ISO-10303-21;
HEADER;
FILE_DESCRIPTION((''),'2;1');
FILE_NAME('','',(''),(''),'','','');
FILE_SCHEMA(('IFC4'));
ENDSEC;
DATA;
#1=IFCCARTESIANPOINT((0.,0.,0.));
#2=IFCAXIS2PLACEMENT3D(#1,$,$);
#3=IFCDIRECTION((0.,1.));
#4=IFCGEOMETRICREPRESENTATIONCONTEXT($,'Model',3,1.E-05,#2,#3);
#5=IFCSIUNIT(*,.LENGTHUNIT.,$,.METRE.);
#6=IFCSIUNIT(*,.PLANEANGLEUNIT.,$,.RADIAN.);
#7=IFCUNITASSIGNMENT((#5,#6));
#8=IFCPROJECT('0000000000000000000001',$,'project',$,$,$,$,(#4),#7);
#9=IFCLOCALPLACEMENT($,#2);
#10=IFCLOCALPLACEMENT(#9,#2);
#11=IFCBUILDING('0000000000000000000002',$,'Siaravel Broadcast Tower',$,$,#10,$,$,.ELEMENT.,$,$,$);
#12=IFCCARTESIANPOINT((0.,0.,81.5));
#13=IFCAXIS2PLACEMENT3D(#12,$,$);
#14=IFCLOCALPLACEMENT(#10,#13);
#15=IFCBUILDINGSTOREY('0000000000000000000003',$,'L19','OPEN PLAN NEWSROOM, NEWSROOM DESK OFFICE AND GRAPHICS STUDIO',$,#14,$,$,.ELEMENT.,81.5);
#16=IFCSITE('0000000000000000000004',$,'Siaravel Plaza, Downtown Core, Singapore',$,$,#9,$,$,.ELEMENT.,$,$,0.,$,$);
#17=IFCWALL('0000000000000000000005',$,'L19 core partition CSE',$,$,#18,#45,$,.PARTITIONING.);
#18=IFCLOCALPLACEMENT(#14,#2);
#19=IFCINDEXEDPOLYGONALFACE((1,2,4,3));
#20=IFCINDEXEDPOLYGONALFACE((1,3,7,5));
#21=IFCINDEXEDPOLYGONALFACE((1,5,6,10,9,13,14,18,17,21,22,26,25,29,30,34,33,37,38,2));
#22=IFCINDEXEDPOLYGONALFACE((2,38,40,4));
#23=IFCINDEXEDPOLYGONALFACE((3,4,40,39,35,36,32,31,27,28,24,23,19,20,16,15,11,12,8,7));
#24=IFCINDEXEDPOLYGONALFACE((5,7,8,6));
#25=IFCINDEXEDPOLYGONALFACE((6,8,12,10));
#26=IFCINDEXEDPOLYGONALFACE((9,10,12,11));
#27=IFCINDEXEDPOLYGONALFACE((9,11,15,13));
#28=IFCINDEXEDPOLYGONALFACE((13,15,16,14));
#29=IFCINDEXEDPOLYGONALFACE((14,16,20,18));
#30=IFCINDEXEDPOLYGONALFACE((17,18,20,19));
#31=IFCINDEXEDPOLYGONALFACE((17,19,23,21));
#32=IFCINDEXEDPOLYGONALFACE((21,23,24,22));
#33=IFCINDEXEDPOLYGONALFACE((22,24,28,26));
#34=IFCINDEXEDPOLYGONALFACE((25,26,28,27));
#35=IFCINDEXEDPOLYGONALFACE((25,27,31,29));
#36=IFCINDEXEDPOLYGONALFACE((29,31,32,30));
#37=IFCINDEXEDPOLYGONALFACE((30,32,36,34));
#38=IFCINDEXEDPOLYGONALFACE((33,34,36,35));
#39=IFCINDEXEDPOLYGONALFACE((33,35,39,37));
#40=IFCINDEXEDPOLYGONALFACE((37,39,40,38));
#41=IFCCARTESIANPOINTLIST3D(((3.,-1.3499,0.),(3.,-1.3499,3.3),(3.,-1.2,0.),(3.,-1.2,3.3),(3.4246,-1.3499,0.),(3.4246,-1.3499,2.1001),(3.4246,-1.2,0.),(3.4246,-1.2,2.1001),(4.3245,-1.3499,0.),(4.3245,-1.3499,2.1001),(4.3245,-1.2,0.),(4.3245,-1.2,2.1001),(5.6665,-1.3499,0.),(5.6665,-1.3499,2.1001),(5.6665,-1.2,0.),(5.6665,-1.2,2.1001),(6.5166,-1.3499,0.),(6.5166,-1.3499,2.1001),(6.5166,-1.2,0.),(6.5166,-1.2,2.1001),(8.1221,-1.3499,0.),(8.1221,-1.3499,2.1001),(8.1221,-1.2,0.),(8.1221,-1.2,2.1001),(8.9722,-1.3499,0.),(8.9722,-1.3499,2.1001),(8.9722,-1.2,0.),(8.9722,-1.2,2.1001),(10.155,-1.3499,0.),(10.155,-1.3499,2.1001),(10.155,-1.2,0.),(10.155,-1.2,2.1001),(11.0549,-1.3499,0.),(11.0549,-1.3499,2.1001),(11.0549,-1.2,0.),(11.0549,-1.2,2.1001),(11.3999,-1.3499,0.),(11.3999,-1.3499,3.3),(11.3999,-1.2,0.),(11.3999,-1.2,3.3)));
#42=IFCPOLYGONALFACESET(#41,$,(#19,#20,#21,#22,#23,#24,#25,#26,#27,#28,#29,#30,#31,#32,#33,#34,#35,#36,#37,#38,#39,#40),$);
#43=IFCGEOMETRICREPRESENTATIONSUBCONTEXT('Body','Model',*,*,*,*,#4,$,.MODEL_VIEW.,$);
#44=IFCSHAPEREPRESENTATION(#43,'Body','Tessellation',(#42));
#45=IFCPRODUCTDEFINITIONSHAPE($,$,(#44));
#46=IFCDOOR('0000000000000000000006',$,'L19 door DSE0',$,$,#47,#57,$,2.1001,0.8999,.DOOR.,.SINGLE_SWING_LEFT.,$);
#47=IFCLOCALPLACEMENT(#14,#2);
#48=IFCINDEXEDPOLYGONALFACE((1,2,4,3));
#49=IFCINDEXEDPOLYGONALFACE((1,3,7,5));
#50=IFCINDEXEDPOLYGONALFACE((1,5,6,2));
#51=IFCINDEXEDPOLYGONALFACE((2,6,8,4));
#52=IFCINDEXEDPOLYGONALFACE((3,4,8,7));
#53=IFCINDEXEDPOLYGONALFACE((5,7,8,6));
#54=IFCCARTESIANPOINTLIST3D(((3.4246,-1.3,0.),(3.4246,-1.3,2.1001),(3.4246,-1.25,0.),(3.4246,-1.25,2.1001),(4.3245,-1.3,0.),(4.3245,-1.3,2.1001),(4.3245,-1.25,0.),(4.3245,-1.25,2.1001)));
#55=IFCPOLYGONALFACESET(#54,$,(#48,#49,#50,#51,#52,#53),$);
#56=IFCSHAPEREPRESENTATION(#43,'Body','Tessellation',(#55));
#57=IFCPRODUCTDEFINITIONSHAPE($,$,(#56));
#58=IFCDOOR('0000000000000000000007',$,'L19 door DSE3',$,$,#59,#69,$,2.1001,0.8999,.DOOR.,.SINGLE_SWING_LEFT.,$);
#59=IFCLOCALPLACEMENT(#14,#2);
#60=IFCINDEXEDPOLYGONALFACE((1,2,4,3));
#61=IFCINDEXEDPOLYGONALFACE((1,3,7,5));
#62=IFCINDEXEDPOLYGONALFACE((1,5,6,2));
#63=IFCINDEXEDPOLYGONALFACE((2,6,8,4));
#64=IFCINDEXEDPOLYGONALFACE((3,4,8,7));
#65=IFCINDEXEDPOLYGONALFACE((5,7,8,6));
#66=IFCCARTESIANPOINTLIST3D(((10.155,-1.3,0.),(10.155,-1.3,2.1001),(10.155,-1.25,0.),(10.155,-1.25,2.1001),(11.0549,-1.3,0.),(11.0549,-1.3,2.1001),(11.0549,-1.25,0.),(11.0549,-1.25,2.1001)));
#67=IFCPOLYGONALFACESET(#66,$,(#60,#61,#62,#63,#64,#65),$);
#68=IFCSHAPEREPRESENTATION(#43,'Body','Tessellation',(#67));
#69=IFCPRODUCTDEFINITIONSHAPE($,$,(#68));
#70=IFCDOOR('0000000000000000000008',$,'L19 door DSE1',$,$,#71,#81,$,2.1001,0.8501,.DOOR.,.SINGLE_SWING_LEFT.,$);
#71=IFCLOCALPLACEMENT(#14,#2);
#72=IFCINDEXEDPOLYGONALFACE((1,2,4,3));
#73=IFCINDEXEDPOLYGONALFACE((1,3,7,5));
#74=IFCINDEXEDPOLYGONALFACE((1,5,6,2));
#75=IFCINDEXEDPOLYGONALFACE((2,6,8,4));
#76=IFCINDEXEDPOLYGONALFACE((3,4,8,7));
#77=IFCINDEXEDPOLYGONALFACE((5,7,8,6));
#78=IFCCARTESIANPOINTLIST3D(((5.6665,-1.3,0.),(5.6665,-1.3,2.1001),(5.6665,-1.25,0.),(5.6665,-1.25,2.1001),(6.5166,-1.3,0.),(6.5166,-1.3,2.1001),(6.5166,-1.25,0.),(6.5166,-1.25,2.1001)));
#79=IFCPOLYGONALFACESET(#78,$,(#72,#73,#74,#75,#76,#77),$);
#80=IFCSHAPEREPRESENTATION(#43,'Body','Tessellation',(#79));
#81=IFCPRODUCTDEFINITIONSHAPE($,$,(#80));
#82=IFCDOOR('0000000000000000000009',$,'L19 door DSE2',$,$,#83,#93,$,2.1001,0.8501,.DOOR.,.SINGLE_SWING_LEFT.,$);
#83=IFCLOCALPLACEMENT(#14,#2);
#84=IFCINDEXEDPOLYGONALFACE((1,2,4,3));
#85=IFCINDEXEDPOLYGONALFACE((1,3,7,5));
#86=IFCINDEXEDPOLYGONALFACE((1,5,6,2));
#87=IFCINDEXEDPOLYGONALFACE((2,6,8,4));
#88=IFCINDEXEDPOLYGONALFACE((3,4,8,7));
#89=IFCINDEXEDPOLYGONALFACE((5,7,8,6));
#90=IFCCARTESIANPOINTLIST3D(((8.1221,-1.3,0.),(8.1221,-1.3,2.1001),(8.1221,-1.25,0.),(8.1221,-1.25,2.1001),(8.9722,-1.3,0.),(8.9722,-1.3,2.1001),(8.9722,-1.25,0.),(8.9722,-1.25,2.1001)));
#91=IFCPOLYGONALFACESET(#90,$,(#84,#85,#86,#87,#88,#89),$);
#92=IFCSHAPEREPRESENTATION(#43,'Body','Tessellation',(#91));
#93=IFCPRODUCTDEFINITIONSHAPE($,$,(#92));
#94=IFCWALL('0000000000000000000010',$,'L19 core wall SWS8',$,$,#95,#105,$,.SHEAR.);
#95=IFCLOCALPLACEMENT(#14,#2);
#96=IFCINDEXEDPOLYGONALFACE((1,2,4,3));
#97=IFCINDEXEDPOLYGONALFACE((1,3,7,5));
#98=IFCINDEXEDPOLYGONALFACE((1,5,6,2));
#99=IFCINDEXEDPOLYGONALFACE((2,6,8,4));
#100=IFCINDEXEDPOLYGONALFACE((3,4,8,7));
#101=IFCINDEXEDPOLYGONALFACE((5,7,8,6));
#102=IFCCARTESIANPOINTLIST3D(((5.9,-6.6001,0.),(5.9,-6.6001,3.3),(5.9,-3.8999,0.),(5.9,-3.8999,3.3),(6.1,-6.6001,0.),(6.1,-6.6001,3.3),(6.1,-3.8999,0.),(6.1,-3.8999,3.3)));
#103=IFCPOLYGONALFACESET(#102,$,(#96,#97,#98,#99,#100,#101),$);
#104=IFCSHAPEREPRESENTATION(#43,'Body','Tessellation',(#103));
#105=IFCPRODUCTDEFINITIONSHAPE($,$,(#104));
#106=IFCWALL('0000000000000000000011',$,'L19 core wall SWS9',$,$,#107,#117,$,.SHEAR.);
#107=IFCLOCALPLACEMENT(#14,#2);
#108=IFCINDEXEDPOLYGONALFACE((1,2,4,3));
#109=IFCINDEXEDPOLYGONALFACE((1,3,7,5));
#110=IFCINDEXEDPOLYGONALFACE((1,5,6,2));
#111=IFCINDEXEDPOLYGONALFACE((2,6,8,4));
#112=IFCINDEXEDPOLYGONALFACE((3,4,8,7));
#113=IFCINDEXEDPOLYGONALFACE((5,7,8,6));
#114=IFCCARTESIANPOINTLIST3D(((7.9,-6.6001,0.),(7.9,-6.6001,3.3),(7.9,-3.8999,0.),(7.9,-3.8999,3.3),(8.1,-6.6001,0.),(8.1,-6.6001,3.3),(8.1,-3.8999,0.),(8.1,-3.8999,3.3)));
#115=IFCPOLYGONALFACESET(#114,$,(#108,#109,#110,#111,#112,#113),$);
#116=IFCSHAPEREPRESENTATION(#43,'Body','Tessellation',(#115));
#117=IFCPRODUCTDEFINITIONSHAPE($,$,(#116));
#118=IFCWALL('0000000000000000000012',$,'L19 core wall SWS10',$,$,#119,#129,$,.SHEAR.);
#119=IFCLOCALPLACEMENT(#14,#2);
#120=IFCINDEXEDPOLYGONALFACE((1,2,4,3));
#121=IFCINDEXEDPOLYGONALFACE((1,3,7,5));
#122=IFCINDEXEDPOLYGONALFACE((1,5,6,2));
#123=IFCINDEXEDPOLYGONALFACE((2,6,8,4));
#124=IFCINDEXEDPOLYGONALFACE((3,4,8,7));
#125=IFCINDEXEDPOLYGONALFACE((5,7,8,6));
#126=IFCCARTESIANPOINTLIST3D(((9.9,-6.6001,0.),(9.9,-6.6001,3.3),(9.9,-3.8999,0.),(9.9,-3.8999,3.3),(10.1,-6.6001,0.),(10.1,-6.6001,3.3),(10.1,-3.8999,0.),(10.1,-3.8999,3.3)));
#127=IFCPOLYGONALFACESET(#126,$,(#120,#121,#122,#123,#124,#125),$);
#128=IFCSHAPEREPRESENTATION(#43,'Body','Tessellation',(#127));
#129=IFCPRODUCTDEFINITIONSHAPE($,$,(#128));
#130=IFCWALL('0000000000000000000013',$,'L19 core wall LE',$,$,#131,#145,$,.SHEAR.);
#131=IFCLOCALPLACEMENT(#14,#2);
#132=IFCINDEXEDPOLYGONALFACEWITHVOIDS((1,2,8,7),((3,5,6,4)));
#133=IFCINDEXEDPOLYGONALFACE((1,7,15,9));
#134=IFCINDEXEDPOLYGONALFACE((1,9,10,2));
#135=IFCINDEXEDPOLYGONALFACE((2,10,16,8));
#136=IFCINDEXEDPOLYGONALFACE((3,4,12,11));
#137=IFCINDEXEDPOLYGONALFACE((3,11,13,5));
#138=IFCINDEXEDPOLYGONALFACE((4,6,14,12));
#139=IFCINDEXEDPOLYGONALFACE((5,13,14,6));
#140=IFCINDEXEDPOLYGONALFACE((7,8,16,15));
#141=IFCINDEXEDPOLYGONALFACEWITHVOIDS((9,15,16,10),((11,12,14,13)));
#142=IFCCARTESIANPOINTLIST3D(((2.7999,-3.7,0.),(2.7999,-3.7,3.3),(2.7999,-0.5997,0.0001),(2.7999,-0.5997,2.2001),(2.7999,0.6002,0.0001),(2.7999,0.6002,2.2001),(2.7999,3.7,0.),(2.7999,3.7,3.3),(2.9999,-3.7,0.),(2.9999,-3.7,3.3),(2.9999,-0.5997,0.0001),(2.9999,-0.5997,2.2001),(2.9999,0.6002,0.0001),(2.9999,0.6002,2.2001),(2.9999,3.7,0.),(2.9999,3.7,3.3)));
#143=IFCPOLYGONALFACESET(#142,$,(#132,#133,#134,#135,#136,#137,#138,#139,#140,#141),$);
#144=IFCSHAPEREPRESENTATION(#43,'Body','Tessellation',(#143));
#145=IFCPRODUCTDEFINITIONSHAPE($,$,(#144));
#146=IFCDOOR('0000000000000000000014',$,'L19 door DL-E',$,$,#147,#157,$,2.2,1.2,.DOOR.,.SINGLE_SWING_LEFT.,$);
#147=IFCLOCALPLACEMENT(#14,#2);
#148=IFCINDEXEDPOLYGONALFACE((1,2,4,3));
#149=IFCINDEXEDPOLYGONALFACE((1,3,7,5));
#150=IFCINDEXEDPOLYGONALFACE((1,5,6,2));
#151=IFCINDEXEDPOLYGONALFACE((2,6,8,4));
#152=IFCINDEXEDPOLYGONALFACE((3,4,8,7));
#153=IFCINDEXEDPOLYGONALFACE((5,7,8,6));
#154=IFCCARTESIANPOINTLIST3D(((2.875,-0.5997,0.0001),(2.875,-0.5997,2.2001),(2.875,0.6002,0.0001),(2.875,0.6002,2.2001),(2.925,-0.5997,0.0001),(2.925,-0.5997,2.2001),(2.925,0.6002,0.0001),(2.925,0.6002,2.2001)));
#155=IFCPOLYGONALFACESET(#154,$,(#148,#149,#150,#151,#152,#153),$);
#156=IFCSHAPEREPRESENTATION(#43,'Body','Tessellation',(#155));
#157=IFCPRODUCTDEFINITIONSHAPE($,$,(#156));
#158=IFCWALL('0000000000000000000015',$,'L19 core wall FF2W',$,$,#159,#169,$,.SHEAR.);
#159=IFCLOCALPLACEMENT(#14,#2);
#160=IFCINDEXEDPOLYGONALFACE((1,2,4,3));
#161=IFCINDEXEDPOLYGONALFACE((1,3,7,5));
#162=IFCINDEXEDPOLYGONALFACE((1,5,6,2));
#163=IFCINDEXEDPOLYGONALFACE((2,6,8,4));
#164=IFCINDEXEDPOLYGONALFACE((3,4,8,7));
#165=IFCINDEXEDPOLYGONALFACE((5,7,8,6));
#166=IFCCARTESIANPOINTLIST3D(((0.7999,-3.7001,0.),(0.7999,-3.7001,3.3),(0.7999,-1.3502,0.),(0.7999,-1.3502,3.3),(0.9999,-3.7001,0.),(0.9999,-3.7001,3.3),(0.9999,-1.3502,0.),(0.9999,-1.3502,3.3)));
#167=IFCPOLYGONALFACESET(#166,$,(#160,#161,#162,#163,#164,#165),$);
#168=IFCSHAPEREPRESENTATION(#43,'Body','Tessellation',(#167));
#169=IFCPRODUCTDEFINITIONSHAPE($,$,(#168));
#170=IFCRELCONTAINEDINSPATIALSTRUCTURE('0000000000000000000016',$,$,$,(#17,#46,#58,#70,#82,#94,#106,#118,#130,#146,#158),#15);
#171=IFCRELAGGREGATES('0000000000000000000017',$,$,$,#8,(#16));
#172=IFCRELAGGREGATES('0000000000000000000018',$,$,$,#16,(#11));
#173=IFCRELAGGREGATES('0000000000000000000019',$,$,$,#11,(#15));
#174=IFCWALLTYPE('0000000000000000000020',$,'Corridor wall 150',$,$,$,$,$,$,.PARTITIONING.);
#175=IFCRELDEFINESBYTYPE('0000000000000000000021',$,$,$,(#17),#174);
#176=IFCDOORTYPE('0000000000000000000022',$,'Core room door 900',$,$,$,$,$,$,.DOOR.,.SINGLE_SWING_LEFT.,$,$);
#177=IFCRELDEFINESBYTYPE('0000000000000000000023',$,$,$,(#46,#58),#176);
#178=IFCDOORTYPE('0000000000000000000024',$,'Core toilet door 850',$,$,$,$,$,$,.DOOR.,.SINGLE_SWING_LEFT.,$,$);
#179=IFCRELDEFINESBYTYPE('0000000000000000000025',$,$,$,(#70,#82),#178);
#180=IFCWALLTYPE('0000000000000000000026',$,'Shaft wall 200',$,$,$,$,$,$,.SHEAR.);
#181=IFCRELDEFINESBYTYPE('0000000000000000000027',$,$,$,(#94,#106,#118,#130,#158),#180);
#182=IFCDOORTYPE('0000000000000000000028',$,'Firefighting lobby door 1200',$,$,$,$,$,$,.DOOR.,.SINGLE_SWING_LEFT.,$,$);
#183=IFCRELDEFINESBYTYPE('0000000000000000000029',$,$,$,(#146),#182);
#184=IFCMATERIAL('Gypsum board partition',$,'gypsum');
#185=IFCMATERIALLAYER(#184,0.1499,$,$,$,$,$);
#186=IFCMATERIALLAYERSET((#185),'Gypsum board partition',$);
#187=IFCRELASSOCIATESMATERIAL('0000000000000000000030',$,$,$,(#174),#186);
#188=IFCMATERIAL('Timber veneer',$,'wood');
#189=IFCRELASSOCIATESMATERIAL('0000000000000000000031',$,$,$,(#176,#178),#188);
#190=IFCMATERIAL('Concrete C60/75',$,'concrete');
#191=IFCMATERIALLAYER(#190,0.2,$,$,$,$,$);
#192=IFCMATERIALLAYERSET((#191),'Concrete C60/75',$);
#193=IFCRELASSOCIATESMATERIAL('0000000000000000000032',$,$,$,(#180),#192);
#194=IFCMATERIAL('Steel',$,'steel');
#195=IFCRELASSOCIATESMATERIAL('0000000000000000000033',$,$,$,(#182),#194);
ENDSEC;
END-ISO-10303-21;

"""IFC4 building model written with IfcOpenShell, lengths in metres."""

from ifc_helpers import new_model, si_unit, direction, frame, frame_2d, origin, place, context, subcontext, project, spatial, rectangle, extrude, material, layer, layer_set, type_object, element, fill, save


model = new_model("IFC4")

# Units and contexts
model_context = context("Model", 3, precision=1e-05, world=origin(), true_north=direction((0.0, 1.0)))
body_context = subcontext(model_context, "Body", "Model", "MODEL_VIEW")
ifc_project = project(units=[si_unit("LENGTHUNIT", "METRE"), si_unit("PLANEANGLEUNIT", "RADIAN")], contexts=[model_context])

# Site, building, storey
site_placement = place(None, origin())
site = spatial("IfcSite", under=ifc_project, at=site_placement, Name="Siaravel Plaza, Downtown Core, Singapore", CompositionType="ELEMENT", RefElevation=0.0)
building_placement = place(site_placement, origin())
building = spatial("IfcBuilding", under=site, at=building_placement, Name="Siaravel Broadcast Tower", CompositionType="ELEMENT")
storey_placement = place(building_placement, frame((0.0, 0.0, 81.5)))
storey = spatial("IfcBuildingStorey", under=building, at=storey_placement, Name="L19", Description="OPEN PLAN NEWSROOM, NEWSROOM DESK OFFICE AND GRAPHICS STUDIO", CompositionType="ELEMENT", Elevation=81.5)

# Wall, openings, doors
ifc_material_1 = material(Name="Gypsum board partition", Category="gypsum")
ifc_layer_1 = layer(ifc_material_1, 0.1499)
ifc_layer_set_1 = layer_set([ifc_layer_1], Name="Gypsum board partition")
wall_type_1 = type_object("IfcWallType", Name="Corridor wall 150", PredefinedType="PARTITIONING", material=ifc_layer_set_1)
wall_1_placement = place(storey_placement, frame((3.0, -1.2749, 0.0), z_axis=(0.0, 0.0, 1.0), x_axis=(1.0, 0.0, 0.0)))
wall_1 = element("IfcWall", 1, at=wall_1_placement, inside=storey, type_object=wall_type_1, Name="L19 core partition CSE", PredefinedType="PARTITIONING", context=body_context, shape_type="SweptSolid", body=[
    extrude(rectangle(XDim=8.3999, YDim=0.1499, at=frame_2d((4.2, 0.0))), origin(), (0.0, 0.0, 1.0), 3.3),
])
opening_1_placement = place(wall_1_placement, frame((0.4246, 0.0, 0.0)))
opening_1 = element("IfcOpeningElement", 2, at=opening_1_placement, cuts=wall_1, PredefinedType="OPENING", context=body_context, shape_type="SweptSolid", body=[
    extrude(rectangle(XDim=0.8999, YDim=2.1001, at=frame_2d((0.45, 1.05))), frame((0.0, 0.085, 0.0), z_axis=(0.0, -1.0, 0.0), x_axis=(1.0, 0.0, 0.0)), (0.0, 0.0, 1.0), 0.1699),
])
opening_2_placement = place(wall_1_placement, frame((2.6665, 0.0, 0.0)))
opening_2 = element("IfcOpeningElement", 3, at=opening_2_placement, cuts=wall_1, PredefinedType="OPENING", context=body_context, shape_type="SweptSolid", body=[
    extrude(rectangle(XDim=0.8501, YDim=2.1001, at=frame_2d((0.425, 1.05))), frame((0.0, 0.085, 0.0), z_axis=(0.0, -1.0, 0.0), x_axis=(1.0, 0.0, 0.0)), (0.0, 0.0, 1.0), 0.1699),
])
opening_3_placement = place(wall_1_placement, frame((5.1221, 0.0, 0.0)))
opening_3 = element("IfcOpeningElement", 4, at=opening_3_placement, cuts=wall_1, PredefinedType="OPENING", context=body_context, shape_type="SweptSolid", body=[
    extrude(rectangle(XDim=0.8501, YDim=2.1001, at=frame_2d((0.425, 1.05))), frame((0.0, 0.085, 0.0), z_axis=(0.0, -1.0, 0.0), x_axis=(1.0, 0.0, 0.0)), (0.0, 0.0, 1.0), 0.1699),
])
opening_4_placement = place(wall_1_placement, frame((7.155, 0.0, 0.0)))
opening_4 = element("IfcOpeningElement", 5, at=opening_4_placement, cuts=wall_1, PredefinedType="OPENING", context=body_context, shape_type="SweptSolid", body=[
    extrude(rectangle(XDim=0.8999, YDim=2.1001, at=frame_2d((0.45, 1.05))), frame((0.0, 0.085, 0.0), z_axis=(0.0, -1.0, 0.0), x_axis=(1.0, 0.0, 0.0)), (0.0, 0.0, 1.0), 0.1699),
])
ifc_material_2 = material(Name="Timber veneer", Category="wood")
door_type_1 = type_object("IfcDoorType", Name="Core room door 900", OperationType="SINGLE_SWING_LEFT", PredefinedType="DOOR", material=ifc_material_2)
door_1_placement = place(opening_1_placement, origin())
door_1 = element("IfcDoor", 6, at=door_1_placement, inside=storey, type_object=door_type_1, Name="L19 door DSE0", OperationType="SINGLE_SWING_LEFT", OverallHeight=2.1001, OverallWidth=0.8999, PredefinedType="DOOR", context=body_context, shape_type="SweptSolid", body=[
    extrude(rectangle(XDim=0.8999, YDim=2.1001, at=frame_2d((0.45, 1.05))), frame((0.0, 0.0249, 0.0), z_axis=(0.0, -1.0, 0.0), x_axis=(1.0, 0.0, 0.0)), (0.0, 0.0, 1.0), 0.05),
])
fill(opening_1, door_1)
door_2_placement = place(opening_4_placement, origin())
door_2 = element("IfcDoor", 7, at=door_2_placement, inside=storey, type_object=door_type_1, Name="L19 door DSE3", OperationType="SINGLE_SWING_LEFT", OverallHeight=2.1001, OverallWidth=0.8999, PredefinedType="DOOR", context=body_context, shape_type="SweptSolid", body=[
    extrude(rectangle(XDim=0.8999, YDim=2.1001, at=frame_2d((0.45, 1.05))), frame((0.0, 0.0249, 0.0), z_axis=(0.0, -1.0, 0.0), x_axis=(1.0, 0.0, 0.0)), (0.0, 0.0, 1.0), 0.05),
])
fill(opening_4, door_2)
door_type_2 = type_object("IfcDoorType", Name="Core toilet door 850", OperationType="SINGLE_SWING_LEFT", PredefinedType="DOOR", material=ifc_material_2)
door_3_placement = place(opening_2_placement, origin())
door_3 = element("IfcDoor", 8, at=door_3_placement, inside=storey, type_object=door_type_2, Name="L19 door DSE1", OperationType="SINGLE_SWING_LEFT", OverallHeight=2.1001, OverallWidth=0.8501, PredefinedType="DOOR", context=body_context, shape_type="SweptSolid", body=[
    extrude(rectangle(XDim=0.8501, YDim=2.1001, at=frame_2d((0.425, 1.05))), frame((0.0, 0.0249, 0.0), z_axis=(0.0, -1.0, 0.0), x_axis=(1.0, 0.0, 0.0)), (0.0, 0.0, 1.0), 0.05),
])
fill(opening_2, door_3)
door_4_placement = place(opening_3_placement, origin())
door_4 = element("IfcDoor", 9, at=door_4_placement, inside=storey, type_object=door_type_2, Name="L19 door DSE2", OperationType="SINGLE_SWING_LEFT", OverallHeight=2.1001, OverallWidth=0.8501, PredefinedType="DOOR", context=body_context, shape_type="SweptSolid", body=[
    extrude(rectangle(XDim=0.8501, YDim=2.1001, at=frame_2d((0.425, 1.05))), frame((0.0, 0.0249, 0.0), z_axis=(0.0, -1.0, 0.0), x_axis=(1.0, 0.0, 0.0)), (0.0, 0.0, 1.0), 0.05),
])
fill(opening_3, door_4)

# Walls
ifc_material_3 = material(Name="Concrete C60/75", Category="concrete")
ifc_layer_2 = layer(ifc_material_3, 0.2)
ifc_layer_set_2 = layer_set([ifc_layer_2], Name="Concrete C60/75")
wall_type_2 = type_object("IfcWallType", Name="Shaft wall 200", PredefinedType="SHEAR", material=ifc_layer_set_2)
for number, where, z_axis, x_axis, name in (
    (10, (6.0, -6.6001, 0.0), (0.0, 0.0, 1.0), (0.0, 1.0, 0.0), "L19 core wall SWS8"),
    (11, (8.0, -6.6001, 0.0), (0.0, 0.0, 1.0), (0.0, 1.0, 0.0), "L19 core wall SWS9"),
    (12, (10.0, -6.6001, 0.0), (0.0, 0.0, 1.0), (0.0, 1.0, 0.0), "L19 core wall SWS10"),
):
    element("IfcWall", number, at=place(storey_placement, frame(where, z_axis=z_axis, x_axis=x_axis)), inside=storey, type_object=wall_type_2, Name=name, PredefinedType="SHEAR", context=body_context, shape_type="SweptSolid", body=[
        extrude(rectangle(XDim=2.7002, YDim=0.2, at=frame_2d((1.3501, 0.0))), origin(), (0.0, 0.0, 1.0), 3.3),
    ])

# Wall, opening, door
wall_2_placement = place(storey_placement, frame((2.8999, -3.7, 0.0), z_axis=(0.0, 0.0, 1.0), x_axis=(0.0, 1.0, 0.0)))
wall_2 = element("IfcWall", 13, at=wall_2_placement, inside=storey, type_object=wall_type_2, Name="L19 core wall LE", PredefinedType="SHEAR", context=body_context, shape_type="SweptSolid", body=[
    extrude(rectangle(XDim=7.3999, YDim=0.2, at=frame_2d((3.7, 0.0))), origin(), (0.0, 0.0, 1.0), 3.3),
])
opening_5_placement = place(wall_2_placement, frame((3.1001, 0.0, 0.0)))
opening_5 = element("IfcOpeningElement", 14, at=opening_5_placement, cuts=wall_2, PredefinedType="OPENING", context=body_context, shape_type="SweptSolid", body=[
    extrude(rectangle(XDim=1.2, YDim=2.2, at=frame_2d((0.6001, 1.1001))), frame((0.0, 0.1099, 0.0), z_axis=(0.0, -1.0, 0.0), x_axis=(1.0, 0.0, 0.0)), (0.0, 0.0, 1.0), 0.22),
])
ifc_material_4 = material(Name="Steel", Category="steel")
door_type_3 = type_object("IfcDoorType", Name="Firefighting lobby door 1200", OperationType="SINGLE_SWING_LEFT", PredefinedType="DOOR", material=ifc_material_4)
door_5_placement = place(opening_5_placement, origin())
door_5 = element("IfcDoor", 15, at=door_5_placement, inside=storey, type_object=door_type_3, Name="L19 door DL-E", OperationType="SINGLE_SWING_LEFT", OverallHeight=2.2, OverallWidth=1.2, PredefinedType="DOOR", context=body_context, shape_type="SweptSolid", body=[
    extrude(rectangle(XDim=1.2, YDim=2.2, at=frame_2d((0.6001, 1.1001))), frame((0.0, 0.0249, 0.0), z_axis=(0.0, -1.0, 0.0), x_axis=(1.0, 0.0, 0.0)), (0.0, 0.0, 1.0), 0.05),
])
fill(opening_5, door_5)

# Wall
wall_3_placement = place(storey_placement, frame((0.8999, -3.7, 0.0), z_axis=(0.0, 0.0, 1.0), x_axis=(0.0, 1.0, 0.0)))
element("IfcWall", 16, at=wall_3_placement, inside=storey, type_object=wall_type_2, Name="L19 core wall FF2W", PredefinedType="SHEAR", context=body_context, shape_type="SweptSolid", body=[
    extrude(rectangle(XDim=2.3499, YDim=0.2, at=frame_2d((1.1748, 0.0))), origin(), (0.0, 0.0, 1.0), 3.3),
])

save(model, "model.ifc")
